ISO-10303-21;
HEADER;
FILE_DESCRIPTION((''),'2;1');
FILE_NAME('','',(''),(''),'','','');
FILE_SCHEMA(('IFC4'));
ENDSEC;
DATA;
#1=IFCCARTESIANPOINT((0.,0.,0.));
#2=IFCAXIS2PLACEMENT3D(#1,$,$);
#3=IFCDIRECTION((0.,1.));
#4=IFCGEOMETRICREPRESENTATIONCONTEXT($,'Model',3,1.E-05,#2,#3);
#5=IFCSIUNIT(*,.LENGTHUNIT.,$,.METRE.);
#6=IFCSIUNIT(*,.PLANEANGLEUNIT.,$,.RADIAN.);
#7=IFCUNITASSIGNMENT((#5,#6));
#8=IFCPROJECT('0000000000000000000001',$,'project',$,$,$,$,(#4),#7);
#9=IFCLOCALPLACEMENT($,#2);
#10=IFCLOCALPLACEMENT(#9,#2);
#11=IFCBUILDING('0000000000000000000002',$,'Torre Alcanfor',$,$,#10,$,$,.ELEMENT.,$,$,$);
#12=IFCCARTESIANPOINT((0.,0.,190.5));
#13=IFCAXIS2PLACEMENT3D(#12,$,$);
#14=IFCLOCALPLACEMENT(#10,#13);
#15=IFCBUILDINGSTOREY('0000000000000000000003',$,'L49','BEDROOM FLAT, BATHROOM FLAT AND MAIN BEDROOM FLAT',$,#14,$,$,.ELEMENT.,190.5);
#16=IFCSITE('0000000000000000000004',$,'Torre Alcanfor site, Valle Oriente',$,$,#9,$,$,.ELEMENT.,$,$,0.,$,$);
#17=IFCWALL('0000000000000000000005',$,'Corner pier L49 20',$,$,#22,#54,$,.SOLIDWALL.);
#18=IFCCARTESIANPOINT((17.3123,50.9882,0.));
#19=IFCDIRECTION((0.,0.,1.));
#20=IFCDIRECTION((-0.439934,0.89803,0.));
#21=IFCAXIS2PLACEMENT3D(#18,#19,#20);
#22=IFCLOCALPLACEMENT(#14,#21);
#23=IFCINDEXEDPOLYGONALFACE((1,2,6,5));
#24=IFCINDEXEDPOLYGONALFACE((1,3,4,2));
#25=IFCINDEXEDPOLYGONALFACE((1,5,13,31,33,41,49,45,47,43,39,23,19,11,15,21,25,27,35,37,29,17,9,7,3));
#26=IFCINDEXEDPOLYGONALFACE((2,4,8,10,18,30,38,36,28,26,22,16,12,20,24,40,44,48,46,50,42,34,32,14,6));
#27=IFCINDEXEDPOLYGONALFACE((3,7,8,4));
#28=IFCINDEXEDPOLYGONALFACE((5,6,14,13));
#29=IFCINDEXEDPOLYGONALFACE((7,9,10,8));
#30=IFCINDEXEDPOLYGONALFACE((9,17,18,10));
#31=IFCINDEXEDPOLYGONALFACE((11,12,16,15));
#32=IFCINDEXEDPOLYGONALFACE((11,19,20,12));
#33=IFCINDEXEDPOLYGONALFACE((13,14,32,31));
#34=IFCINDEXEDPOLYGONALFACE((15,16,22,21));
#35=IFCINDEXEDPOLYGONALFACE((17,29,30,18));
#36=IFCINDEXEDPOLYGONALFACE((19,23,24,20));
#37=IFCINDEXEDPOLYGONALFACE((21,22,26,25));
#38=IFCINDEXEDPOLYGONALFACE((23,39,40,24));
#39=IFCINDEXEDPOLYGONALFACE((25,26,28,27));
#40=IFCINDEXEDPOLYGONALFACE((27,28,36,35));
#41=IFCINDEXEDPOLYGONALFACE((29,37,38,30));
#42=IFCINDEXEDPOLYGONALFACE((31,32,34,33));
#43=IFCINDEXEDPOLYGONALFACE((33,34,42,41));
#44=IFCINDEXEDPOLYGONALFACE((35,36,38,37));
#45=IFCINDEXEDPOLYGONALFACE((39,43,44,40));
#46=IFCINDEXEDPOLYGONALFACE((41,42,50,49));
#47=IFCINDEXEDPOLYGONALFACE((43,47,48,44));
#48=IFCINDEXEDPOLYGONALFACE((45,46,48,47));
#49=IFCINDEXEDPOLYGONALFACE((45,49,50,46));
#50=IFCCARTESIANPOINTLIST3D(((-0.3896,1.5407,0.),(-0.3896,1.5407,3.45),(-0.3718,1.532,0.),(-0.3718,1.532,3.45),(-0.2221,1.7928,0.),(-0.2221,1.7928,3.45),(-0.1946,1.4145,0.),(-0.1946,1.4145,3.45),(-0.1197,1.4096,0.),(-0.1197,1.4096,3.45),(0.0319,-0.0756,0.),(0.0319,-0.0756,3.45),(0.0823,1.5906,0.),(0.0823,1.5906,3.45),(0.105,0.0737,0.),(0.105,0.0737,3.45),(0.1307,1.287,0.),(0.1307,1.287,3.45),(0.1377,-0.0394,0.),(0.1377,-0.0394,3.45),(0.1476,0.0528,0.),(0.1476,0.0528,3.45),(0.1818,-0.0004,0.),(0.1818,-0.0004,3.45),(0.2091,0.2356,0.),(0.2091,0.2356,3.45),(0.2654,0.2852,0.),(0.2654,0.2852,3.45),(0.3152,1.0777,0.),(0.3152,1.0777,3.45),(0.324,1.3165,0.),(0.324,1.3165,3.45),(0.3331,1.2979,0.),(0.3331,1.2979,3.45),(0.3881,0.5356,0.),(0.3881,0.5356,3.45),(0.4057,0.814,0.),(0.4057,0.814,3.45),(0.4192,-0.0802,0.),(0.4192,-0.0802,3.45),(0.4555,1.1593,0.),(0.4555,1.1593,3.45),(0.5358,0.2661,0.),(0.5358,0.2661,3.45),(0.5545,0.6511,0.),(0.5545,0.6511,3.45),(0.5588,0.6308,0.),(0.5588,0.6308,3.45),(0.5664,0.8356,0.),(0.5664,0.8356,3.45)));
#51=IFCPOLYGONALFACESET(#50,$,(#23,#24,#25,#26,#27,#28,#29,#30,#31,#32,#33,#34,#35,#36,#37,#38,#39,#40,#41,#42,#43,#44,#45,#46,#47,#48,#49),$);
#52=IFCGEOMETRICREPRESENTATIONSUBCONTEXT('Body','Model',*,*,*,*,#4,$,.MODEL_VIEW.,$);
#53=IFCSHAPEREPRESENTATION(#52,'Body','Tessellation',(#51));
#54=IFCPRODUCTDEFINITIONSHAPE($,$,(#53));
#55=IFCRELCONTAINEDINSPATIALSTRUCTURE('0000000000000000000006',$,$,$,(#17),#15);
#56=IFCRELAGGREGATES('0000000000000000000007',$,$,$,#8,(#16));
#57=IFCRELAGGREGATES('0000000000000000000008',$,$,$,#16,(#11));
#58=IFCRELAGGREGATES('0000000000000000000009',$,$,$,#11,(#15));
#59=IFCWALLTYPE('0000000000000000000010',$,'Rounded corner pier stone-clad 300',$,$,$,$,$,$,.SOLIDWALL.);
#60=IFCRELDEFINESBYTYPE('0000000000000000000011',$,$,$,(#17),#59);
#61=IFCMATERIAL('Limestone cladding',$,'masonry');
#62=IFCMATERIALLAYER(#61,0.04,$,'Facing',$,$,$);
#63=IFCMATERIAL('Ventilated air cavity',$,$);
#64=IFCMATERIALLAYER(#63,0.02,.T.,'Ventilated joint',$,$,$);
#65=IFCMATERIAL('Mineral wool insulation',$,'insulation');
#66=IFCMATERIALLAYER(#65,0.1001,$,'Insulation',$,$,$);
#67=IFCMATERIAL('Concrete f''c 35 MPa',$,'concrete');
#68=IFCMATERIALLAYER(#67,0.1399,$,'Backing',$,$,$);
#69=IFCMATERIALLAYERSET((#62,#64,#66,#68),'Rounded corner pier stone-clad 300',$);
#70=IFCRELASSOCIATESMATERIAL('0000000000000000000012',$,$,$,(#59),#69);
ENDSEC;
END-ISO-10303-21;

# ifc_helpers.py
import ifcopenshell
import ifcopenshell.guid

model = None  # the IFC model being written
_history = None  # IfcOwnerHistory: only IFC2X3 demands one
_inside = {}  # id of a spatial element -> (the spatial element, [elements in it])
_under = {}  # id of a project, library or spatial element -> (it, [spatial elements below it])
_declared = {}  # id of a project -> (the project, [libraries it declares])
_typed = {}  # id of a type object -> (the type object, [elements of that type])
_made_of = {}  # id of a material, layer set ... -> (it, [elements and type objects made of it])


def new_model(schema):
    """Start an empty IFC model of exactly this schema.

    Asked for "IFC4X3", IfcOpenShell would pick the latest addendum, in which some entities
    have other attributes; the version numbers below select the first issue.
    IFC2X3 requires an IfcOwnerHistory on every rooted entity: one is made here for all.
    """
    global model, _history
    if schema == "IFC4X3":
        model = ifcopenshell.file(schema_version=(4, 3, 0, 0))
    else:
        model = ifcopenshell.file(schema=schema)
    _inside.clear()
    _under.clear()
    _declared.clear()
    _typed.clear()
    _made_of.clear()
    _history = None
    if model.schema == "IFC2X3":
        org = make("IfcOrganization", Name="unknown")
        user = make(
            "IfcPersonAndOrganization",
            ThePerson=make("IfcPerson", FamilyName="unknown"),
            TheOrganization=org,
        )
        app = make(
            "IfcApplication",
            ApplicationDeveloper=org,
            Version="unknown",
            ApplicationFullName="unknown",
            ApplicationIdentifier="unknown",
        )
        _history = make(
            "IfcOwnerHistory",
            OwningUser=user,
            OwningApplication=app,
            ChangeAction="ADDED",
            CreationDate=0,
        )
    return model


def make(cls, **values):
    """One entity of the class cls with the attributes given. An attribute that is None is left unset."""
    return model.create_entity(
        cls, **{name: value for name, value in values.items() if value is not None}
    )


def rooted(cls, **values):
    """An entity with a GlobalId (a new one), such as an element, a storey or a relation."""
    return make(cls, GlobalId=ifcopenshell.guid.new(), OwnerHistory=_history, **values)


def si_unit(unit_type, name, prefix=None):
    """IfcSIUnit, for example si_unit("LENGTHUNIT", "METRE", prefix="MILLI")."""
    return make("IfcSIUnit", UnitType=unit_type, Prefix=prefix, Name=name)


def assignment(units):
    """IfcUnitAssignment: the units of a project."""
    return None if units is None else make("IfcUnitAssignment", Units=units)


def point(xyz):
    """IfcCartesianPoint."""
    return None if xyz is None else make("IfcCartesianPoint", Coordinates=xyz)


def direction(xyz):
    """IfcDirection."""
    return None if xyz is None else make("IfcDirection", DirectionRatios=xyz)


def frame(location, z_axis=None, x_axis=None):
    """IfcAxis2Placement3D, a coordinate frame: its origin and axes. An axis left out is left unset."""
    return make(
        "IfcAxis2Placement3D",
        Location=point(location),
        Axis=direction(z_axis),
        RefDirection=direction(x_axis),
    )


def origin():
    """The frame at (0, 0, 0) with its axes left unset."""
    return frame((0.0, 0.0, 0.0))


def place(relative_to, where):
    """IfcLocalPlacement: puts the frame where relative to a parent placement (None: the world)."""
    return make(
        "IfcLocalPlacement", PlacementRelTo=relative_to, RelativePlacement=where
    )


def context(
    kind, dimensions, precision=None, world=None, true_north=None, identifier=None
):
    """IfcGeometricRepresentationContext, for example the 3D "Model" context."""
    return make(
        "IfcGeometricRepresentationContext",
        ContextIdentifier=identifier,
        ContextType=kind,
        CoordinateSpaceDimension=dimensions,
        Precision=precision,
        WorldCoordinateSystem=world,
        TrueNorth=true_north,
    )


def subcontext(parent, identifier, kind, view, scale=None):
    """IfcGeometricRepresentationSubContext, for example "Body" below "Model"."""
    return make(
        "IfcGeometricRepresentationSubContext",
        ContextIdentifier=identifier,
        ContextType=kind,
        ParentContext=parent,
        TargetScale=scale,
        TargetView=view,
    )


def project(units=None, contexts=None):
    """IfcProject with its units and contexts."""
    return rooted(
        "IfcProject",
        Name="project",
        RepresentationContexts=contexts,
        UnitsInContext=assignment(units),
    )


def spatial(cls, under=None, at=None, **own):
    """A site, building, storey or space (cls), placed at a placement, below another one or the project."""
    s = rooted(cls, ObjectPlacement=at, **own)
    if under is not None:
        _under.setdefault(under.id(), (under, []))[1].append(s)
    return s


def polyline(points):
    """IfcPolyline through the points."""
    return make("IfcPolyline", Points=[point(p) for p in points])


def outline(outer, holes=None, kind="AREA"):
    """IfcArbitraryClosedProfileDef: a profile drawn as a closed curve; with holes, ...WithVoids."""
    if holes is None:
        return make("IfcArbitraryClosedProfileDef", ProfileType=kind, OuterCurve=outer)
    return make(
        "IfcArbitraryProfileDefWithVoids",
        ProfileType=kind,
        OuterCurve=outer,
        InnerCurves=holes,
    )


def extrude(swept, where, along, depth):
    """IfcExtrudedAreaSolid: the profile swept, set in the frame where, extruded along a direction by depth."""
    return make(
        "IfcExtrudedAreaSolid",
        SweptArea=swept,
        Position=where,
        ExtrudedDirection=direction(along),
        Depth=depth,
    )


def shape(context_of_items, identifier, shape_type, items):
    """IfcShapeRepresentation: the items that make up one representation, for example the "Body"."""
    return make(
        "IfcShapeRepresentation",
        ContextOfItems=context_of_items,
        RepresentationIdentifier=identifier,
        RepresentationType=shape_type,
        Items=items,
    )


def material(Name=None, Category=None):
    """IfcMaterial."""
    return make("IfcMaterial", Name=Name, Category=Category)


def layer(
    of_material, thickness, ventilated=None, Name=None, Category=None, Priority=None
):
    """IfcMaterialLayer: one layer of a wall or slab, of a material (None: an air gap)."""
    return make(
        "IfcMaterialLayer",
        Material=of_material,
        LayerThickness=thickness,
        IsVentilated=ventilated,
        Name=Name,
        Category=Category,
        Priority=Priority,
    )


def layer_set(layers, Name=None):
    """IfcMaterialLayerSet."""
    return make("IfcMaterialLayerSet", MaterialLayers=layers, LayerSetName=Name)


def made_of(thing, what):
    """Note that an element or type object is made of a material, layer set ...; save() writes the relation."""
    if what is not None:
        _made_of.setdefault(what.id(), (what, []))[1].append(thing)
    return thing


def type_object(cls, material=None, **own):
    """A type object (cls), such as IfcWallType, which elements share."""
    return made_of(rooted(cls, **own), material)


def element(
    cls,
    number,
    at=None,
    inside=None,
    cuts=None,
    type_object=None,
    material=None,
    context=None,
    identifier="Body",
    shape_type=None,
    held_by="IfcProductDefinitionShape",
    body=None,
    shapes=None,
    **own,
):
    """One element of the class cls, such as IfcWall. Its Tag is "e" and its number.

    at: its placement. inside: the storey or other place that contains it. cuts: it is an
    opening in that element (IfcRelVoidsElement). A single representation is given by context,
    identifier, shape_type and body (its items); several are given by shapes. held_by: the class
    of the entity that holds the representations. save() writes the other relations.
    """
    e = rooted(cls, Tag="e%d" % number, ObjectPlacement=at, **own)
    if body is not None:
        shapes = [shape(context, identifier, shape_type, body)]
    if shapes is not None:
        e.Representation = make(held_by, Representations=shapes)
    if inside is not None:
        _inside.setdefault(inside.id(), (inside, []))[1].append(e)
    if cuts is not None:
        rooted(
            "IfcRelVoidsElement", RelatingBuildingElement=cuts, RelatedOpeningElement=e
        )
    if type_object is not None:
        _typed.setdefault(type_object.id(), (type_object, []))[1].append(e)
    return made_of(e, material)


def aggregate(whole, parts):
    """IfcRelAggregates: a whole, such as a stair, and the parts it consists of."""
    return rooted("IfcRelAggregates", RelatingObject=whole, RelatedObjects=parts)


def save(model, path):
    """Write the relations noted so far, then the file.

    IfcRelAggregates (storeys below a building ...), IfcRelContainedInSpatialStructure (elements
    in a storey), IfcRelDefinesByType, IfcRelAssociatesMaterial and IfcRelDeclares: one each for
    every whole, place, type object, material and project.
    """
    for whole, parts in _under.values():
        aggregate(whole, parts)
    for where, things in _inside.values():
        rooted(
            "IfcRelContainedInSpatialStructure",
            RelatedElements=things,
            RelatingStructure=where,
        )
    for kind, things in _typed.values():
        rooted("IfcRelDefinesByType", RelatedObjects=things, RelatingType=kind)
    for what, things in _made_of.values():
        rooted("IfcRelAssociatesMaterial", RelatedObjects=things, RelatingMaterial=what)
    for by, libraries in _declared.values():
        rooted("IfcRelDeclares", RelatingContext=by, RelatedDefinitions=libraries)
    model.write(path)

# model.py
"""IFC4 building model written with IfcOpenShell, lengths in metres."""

from ifc_helpers import new_model, si_unit, direction, frame, origin, place, context, subcontext, project, spatial, polyline, outline, extrude, material, layer, layer_set, type_object, element, save


model = new_model("IFC4")

# Units and contexts
model_context = context("Model", 3, precision=1e-05, world=origin(), true_north=direction((0.0, 1.0)))
body_context = subcontext(model_context, "Body", "Model", "MODEL_VIEW")
ifc_project = project(units=[si_unit("LENGTHUNIT", "METRE"), si_unit("PLANEANGLEUNIT", "RADIAN")], contexts=[model_context])

# Site, building, storey
site_placement = place(None, origin())
site = spatial("IfcSite", under=ifc_project, at=site_placement, Name="Torre Alcanfor site, Valle Oriente", CompositionType="ELEMENT", RefElevation=0.0)
building_placement = place(site_placement, origin())
building = spatial("IfcBuilding", under=site, at=building_placement, Name="Torre Alcanfor", CompositionType="ELEMENT")
storey_placement = place(building_placement, frame((0.0, 0.0, 190.5)))
storey = spatial("IfcBuildingStorey", under=building, at=storey_placement, Name="L49", Description="BEDROOM FLAT, BATHROOM FLAT AND MAIN BEDROOM FLAT", CompositionType="ELEMENT", Elevation=190.5)

# Shared definitions
ifc_material_1 = material(Name="Limestone cladding", Category="masonry")
ifc_material_2 = material(Name="Ventilated air cavity")
ifc_material_3 = material(Name="Mineral wool insulation", Category="insulation")
ifc_material_4 = material(Name="Concrete f'c 35 MPa", Category="concrete")

# Wall
ifc_layer_1 = layer(ifc_material_1, 0.04, Name="Facing")
ifc_layer_2 = layer(ifc_material_2, 0.02, ventilated=True, Name="Ventilated joint")
ifc_layer_3 = layer(ifc_material_3, 0.1001, Name="Insulation")
ifc_layer_4 = layer(ifc_material_4, 0.1399, Name="Backing")
ifc_layer_set_1 = layer_set([ifc_layer_1, ifc_layer_2, ifc_layer_3, ifc_layer_4], Name="Rounded corner pier stone-clad 300")
wall_type_1 = type_object("IfcWallType", Name="Rounded corner pier stone-clad 300", PredefinedType="SOLIDWALL", material=ifc_layer_set_1)
wall_1_placement = place(storey_placement, frame((17.3123, 50.9882, 0.0), z_axis=(0.0, 0.0, 1.0), x_axis=(-0.439934, 0.89803, 0.0)))
element("IfcWall", 1, at=wall_1_placement, inside=storey, type_object=wall_type_1, Name="Corner pier L49 20", PredefinedType="SOLIDWALL", context=body_context, shape_type="SweptSolid", body=[
    extrude(outline(polyline([(0.1377, -0.0394), (0.1818, -0.0004), (0.4192, -0.0802), (0.5358, 0.2661), (0.5588, 0.6308), (0.5545, 0.6511), (0.5664, 0.8356), (0.4555, 1.1593), (0.3331, 1.2979), (0.324, 1.3165), (0.0823, 1.5906), (-0.2221, 1.7928), (-0.3896, 1.5407), (-0.3718, 1.532), (-0.1946, 1.4145), (-0.1197, 1.4096), (0.1307, 1.287), (0.3152, 1.0777), (0.4057, 0.814), (0.3881, 0.5356), (0.2654, 0.2852), (0.2091, 0.2356), (0.1476, 0.0528), (0.105, 0.0737), (0.0319, -0.0756), (0.1377, -0.0394)])), origin(), (0.0, 0.0, 1.0), 3.45),
])

save(model, "model.ifc")
